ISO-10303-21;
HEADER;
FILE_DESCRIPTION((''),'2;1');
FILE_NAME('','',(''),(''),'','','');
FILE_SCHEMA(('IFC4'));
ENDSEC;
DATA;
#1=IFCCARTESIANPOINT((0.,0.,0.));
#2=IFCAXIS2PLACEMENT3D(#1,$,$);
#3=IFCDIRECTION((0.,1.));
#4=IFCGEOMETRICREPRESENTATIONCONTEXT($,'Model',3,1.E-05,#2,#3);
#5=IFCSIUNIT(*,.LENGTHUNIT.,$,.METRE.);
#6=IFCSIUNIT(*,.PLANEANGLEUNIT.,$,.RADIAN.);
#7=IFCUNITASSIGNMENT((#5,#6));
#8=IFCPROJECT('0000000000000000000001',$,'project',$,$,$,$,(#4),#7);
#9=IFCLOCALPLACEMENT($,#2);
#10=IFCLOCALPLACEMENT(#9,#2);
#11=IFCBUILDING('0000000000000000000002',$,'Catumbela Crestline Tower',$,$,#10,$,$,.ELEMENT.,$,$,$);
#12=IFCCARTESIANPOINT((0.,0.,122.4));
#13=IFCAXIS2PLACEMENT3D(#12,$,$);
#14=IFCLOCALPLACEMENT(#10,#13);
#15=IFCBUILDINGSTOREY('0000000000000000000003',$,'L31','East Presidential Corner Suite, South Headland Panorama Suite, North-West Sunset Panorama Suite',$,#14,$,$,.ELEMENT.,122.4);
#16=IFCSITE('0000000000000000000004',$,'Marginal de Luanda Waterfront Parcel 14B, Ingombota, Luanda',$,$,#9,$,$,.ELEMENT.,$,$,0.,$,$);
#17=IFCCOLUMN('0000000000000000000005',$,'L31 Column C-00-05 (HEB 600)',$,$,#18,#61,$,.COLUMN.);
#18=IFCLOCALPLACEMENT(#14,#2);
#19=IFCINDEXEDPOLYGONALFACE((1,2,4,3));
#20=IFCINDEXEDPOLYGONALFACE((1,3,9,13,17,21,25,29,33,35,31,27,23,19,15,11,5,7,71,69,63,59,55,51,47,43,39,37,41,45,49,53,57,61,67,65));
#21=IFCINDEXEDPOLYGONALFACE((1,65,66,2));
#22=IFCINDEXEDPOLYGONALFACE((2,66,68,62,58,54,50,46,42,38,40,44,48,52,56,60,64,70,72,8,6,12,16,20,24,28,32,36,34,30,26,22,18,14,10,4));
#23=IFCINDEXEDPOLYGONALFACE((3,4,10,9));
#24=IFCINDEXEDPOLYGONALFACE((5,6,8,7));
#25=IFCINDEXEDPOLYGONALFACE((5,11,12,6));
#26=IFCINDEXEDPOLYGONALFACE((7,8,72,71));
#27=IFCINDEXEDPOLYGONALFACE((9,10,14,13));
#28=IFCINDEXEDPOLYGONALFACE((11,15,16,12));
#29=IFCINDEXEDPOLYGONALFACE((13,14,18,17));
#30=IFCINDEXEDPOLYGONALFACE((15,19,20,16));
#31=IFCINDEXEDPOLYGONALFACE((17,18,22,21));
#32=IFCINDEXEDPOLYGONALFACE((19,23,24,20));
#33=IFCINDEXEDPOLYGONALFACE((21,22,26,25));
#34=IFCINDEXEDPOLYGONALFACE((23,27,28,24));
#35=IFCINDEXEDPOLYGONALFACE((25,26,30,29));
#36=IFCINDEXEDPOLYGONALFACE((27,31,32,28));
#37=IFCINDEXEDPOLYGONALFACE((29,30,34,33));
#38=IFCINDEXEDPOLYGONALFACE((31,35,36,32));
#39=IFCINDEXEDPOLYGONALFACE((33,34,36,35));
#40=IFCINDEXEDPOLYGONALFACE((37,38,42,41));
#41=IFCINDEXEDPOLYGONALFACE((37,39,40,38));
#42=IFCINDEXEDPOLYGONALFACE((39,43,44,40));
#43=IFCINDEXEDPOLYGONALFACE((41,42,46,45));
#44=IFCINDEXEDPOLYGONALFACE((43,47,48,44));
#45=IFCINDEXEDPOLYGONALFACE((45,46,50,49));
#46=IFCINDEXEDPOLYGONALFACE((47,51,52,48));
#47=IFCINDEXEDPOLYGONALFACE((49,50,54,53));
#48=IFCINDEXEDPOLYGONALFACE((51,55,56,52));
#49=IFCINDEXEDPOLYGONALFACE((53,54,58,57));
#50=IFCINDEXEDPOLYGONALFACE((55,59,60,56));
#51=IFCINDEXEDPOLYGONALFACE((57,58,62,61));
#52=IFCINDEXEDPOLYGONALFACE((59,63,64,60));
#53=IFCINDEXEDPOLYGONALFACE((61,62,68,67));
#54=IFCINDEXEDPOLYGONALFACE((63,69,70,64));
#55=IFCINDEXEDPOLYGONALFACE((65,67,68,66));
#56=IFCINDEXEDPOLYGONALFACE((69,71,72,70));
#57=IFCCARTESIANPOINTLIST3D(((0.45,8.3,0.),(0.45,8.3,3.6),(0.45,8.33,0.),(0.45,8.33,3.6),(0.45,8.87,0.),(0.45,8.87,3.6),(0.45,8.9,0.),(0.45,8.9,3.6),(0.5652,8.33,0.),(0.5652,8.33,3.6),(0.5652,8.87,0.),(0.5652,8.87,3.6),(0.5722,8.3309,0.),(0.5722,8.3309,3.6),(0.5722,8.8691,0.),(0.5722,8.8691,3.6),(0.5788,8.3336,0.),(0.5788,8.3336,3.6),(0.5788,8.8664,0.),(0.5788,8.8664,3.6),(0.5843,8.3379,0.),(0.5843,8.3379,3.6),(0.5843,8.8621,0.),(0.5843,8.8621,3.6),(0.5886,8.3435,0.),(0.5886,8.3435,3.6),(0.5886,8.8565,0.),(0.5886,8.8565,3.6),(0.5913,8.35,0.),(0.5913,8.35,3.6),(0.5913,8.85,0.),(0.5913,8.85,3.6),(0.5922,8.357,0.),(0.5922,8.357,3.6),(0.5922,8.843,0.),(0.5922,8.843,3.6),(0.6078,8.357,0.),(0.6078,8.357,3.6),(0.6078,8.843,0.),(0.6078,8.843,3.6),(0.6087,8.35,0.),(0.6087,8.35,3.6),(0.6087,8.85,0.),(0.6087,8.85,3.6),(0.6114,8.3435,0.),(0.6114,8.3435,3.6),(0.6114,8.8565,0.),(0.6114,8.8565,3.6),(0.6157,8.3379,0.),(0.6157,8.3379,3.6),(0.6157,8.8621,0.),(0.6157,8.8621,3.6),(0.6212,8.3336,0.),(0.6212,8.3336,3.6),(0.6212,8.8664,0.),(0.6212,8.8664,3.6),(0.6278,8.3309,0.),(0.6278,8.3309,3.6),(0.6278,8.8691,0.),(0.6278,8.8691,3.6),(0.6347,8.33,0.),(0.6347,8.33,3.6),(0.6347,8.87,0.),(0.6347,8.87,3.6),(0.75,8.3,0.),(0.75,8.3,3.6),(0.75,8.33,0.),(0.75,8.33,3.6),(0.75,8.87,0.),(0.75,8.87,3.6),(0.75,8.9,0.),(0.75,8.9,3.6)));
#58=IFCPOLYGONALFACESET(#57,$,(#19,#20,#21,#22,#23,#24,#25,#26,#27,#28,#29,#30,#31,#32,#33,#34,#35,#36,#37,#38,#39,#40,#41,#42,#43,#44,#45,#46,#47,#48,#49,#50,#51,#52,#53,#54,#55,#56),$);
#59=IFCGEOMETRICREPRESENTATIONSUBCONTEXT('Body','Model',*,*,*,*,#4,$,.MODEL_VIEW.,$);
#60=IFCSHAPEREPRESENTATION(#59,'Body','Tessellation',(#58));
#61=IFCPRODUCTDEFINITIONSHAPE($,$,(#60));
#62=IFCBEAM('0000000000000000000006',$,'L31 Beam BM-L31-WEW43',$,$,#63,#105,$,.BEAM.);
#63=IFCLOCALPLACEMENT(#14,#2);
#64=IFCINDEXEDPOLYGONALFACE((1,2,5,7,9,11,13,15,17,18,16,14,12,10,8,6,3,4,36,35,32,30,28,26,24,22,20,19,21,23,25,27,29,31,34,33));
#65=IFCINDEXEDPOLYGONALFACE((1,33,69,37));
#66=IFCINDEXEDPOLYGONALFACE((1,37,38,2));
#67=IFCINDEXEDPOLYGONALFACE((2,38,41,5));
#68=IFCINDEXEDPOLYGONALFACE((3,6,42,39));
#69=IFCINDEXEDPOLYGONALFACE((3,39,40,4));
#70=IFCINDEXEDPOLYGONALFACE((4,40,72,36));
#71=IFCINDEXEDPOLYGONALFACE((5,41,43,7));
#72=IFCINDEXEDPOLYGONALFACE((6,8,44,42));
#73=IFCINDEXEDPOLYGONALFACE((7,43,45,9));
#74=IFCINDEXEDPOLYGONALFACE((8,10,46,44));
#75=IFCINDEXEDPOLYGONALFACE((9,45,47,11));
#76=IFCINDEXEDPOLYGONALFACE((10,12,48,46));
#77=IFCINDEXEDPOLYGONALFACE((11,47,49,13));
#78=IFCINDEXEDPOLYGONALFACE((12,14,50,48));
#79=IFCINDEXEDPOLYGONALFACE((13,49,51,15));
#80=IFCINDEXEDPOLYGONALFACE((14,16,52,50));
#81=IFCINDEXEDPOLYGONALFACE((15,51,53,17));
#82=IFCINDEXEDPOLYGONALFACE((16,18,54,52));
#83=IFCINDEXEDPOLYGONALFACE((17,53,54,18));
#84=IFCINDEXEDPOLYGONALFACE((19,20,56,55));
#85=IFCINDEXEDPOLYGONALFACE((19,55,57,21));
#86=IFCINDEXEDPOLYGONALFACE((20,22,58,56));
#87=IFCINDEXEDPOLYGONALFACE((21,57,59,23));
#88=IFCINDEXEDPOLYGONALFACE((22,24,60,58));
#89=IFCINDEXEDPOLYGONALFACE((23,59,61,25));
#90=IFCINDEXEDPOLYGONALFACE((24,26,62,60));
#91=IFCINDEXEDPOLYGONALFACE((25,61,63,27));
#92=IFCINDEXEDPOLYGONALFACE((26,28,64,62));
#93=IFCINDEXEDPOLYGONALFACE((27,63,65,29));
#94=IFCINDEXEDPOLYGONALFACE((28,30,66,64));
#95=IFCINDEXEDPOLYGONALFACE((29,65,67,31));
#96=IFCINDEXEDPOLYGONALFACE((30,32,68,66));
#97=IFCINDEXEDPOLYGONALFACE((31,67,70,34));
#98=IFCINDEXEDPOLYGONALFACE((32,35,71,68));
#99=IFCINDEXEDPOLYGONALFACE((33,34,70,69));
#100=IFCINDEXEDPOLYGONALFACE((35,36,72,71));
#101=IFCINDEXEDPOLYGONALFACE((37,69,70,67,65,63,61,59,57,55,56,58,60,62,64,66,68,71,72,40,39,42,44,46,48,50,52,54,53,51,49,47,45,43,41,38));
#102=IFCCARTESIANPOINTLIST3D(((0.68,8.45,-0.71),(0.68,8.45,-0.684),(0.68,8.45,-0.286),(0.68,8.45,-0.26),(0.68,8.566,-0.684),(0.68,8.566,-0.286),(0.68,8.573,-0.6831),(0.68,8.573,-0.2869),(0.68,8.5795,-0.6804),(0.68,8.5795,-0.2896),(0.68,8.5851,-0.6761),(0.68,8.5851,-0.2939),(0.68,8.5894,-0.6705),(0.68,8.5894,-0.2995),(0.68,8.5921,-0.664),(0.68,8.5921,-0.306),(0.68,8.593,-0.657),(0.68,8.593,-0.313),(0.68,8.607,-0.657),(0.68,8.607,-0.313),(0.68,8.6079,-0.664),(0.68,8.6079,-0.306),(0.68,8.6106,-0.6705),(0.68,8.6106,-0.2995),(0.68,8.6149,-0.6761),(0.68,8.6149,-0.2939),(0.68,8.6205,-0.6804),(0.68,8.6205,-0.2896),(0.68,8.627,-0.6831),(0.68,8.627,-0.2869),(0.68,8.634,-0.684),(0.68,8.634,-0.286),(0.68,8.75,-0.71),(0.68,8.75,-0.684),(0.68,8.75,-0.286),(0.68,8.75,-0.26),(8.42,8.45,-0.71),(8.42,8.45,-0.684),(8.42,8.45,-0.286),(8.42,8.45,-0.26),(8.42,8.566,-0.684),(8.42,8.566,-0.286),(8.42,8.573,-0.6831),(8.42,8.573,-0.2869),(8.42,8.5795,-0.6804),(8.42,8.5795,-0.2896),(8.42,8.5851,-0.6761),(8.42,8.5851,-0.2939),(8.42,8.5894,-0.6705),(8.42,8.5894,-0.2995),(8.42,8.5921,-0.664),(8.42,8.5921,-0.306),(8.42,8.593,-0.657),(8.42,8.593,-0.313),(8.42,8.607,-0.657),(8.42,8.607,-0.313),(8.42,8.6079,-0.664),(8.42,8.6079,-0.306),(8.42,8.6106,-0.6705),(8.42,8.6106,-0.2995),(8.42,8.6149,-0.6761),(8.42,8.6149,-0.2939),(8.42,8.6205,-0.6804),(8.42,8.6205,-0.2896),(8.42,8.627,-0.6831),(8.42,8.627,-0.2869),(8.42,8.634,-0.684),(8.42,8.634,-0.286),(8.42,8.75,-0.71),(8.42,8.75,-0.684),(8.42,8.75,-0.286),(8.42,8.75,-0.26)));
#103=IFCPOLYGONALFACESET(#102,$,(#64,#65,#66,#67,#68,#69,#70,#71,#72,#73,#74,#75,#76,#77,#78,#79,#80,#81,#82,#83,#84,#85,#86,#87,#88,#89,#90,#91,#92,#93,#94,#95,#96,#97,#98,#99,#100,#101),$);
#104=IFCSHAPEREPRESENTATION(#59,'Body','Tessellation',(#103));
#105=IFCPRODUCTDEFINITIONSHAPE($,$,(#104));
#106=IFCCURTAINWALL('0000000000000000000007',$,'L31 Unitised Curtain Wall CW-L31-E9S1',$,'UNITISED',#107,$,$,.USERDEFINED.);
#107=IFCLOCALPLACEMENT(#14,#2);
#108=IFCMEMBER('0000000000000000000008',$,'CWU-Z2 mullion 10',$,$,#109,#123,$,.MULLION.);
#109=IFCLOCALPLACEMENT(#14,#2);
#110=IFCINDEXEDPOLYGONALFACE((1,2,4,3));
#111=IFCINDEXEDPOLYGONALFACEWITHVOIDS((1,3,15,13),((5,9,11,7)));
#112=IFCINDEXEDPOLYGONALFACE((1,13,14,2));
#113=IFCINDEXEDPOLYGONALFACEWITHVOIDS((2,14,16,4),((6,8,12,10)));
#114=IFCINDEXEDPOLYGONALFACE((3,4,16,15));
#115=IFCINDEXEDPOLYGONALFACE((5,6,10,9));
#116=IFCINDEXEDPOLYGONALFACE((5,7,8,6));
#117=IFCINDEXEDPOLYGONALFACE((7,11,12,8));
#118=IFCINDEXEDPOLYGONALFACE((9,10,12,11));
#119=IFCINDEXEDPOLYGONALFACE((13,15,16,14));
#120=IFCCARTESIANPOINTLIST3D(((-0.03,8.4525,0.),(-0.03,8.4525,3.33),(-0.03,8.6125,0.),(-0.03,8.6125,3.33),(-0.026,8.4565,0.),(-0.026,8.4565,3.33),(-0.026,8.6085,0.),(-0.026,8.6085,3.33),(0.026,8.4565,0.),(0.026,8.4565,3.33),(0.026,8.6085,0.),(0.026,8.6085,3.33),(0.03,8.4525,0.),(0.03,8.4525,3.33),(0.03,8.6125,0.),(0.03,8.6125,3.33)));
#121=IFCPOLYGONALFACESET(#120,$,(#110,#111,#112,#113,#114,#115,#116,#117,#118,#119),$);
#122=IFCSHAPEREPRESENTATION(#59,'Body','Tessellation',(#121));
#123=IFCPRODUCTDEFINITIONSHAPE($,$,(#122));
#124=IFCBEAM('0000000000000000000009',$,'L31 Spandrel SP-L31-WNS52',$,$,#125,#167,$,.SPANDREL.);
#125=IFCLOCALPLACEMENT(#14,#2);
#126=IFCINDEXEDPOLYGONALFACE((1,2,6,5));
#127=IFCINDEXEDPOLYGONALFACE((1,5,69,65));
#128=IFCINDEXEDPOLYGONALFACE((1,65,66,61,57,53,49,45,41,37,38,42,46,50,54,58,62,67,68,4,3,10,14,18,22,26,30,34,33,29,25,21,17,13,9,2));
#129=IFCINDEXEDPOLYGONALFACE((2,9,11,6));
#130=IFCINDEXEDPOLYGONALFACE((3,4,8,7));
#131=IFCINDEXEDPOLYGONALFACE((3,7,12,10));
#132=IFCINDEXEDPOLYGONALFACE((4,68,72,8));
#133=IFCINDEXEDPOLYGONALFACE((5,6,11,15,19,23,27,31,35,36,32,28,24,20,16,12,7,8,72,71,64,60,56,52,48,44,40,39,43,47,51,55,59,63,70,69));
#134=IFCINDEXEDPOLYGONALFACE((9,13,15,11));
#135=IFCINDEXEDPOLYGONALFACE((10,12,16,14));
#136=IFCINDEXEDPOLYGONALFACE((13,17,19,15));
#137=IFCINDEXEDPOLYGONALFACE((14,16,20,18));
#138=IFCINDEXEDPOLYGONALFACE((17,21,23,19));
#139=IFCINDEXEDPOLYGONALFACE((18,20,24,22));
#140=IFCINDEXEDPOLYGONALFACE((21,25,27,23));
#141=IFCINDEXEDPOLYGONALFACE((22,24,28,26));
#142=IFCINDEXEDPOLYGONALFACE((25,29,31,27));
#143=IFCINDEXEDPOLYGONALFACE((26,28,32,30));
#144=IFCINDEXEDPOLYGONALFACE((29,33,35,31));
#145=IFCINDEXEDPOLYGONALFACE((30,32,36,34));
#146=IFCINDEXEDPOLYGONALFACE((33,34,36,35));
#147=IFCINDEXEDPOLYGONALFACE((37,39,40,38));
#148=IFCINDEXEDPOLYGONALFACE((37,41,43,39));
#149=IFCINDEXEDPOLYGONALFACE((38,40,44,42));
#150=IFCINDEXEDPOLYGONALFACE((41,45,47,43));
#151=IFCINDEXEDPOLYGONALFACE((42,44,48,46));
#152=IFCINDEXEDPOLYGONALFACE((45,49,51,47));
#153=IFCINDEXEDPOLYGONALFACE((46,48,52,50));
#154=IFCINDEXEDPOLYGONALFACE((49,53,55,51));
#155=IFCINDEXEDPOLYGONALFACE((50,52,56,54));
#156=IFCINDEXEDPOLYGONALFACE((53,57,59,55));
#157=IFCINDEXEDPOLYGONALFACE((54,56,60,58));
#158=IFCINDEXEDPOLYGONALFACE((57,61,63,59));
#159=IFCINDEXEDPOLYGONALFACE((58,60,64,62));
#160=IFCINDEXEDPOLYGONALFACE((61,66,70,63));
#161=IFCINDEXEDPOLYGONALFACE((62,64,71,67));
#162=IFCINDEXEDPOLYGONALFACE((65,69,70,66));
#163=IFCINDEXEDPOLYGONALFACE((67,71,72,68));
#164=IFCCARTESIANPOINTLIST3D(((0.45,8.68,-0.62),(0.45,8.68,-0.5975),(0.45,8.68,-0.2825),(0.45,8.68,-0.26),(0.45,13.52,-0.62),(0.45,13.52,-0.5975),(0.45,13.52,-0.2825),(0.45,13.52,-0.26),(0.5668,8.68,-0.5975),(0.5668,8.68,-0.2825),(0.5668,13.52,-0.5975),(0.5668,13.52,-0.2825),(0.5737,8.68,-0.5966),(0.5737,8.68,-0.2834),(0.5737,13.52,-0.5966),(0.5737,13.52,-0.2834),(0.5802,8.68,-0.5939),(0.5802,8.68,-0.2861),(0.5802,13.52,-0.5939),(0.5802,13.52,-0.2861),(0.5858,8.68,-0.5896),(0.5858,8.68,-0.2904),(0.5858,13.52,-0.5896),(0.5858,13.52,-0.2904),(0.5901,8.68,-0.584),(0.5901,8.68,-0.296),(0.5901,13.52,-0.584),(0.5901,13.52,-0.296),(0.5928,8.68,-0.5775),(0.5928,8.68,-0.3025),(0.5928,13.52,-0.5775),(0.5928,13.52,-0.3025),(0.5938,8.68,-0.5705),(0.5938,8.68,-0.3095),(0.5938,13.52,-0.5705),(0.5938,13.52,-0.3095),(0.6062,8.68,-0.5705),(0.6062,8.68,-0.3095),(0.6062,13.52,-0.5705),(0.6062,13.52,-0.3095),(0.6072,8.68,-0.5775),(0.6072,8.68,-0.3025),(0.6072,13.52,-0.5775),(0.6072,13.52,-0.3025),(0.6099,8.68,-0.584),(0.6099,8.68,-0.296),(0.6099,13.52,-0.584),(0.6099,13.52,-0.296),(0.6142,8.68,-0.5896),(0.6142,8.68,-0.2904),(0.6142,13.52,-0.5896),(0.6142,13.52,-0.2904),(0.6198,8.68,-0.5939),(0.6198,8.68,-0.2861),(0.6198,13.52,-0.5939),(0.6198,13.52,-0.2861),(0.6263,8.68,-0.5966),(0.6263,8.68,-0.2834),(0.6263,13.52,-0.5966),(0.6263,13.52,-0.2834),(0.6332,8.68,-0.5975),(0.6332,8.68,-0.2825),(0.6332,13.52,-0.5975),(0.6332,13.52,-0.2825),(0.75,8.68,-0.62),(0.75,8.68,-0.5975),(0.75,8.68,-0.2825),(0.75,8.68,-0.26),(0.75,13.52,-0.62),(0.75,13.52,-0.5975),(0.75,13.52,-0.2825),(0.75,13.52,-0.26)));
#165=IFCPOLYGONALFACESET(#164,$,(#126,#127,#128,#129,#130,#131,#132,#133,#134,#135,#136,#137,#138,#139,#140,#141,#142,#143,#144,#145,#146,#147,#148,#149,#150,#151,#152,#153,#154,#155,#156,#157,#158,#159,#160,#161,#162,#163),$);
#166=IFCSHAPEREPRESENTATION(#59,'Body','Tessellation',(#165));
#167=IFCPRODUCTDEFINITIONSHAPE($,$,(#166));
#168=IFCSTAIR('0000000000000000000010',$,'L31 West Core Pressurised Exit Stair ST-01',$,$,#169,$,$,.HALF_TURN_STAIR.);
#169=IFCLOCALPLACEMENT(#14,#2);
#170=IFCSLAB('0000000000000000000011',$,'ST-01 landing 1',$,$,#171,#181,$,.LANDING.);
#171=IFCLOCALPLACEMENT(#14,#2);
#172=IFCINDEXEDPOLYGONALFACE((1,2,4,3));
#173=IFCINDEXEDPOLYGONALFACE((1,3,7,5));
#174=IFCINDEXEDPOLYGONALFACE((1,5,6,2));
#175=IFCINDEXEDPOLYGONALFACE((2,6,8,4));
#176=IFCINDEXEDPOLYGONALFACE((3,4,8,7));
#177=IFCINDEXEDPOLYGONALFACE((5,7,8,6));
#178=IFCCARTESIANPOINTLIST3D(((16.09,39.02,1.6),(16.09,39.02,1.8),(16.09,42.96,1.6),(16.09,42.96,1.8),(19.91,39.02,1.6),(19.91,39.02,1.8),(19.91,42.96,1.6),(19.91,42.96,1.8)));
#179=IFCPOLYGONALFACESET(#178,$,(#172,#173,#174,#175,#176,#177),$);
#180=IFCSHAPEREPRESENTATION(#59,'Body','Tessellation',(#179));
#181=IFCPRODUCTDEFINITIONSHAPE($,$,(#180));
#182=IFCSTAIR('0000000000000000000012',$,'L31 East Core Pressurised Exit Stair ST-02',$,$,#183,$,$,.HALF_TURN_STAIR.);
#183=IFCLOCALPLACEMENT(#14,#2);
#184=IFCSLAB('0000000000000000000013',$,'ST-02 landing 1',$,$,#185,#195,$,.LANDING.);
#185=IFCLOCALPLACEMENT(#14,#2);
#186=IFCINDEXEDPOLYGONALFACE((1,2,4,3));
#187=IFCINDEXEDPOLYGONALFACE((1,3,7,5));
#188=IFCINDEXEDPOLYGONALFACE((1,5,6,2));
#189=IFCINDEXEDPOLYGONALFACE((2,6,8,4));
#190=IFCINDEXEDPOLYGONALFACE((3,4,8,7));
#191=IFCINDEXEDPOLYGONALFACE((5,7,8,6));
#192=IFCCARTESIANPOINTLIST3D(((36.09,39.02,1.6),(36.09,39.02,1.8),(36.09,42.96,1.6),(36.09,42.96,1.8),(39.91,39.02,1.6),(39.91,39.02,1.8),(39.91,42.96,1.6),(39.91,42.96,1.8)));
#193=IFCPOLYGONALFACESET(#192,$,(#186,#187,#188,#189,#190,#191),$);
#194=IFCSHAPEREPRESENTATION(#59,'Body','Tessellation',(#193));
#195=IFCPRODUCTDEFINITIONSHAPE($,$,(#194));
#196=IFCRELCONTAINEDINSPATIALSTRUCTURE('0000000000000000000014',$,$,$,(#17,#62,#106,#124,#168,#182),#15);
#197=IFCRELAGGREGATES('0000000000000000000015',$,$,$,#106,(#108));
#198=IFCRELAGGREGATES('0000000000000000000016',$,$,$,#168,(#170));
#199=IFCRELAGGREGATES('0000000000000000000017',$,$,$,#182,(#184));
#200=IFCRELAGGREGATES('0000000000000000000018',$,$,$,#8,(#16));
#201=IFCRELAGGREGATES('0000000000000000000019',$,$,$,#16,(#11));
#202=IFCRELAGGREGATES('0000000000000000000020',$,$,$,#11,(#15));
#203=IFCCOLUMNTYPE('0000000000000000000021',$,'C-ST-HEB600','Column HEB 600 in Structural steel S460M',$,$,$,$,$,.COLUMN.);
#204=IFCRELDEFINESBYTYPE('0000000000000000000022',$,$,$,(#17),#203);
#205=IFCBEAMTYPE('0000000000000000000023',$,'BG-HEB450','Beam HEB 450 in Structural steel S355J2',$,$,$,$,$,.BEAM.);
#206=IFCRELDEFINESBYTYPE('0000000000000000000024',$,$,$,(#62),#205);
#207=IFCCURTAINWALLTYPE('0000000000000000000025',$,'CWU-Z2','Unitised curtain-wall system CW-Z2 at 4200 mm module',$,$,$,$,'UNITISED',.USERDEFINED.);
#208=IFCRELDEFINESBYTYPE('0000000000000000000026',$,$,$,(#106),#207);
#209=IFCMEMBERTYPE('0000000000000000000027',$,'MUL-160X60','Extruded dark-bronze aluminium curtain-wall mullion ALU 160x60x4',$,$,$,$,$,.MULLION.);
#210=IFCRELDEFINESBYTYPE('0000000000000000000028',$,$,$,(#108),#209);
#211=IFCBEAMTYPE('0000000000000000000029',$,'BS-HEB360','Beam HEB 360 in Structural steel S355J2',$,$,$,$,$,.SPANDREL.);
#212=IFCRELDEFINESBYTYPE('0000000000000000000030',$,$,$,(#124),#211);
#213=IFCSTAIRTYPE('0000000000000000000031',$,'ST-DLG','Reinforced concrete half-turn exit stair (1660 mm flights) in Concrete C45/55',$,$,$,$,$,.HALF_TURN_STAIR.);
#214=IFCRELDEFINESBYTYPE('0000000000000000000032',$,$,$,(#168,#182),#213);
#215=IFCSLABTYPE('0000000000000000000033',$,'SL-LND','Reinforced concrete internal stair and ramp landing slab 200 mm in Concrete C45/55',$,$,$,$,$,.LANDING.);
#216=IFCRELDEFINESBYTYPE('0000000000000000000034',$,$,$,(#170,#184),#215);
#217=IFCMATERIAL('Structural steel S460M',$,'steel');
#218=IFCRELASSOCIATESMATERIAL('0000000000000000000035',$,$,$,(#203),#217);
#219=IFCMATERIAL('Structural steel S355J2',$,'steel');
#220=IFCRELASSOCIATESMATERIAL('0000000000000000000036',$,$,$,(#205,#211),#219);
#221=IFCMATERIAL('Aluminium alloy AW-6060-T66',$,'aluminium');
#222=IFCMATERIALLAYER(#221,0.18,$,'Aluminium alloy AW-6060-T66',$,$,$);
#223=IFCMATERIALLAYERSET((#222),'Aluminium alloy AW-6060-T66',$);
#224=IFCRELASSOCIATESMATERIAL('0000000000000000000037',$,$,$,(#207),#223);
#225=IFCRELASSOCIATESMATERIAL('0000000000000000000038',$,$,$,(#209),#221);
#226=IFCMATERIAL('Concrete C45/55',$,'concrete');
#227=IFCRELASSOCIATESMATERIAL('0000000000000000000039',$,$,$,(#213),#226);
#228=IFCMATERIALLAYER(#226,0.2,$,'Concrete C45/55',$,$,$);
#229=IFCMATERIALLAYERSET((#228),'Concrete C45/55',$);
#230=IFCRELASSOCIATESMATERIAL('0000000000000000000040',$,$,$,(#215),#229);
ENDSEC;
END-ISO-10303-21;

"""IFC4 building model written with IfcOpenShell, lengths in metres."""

from ifc_helpers import new_model, si_unit, direction, frame, origin, origin_2d, place, context, subcontext, project, spatial, polyline, hollow_rectangle, i_section, outline, extrude, material, layer, layer_set, material_profile, profile_set, type_object, element, aggregate, save


model = new_model("IFC4")

# Units and contexts
model_context = context("Model", 3, precision=1e-05, world=origin(), true_north=direction((0.0, 1.0)))
body_context = subcontext(model_context, "Body", "Model", "MODEL_VIEW")
ifc_project = project(units=[si_unit("LENGTHUNIT", "METRE"), si_unit("PLANEANGLEUNIT", "RADIAN")], contexts=[model_context])

# Site, building, storey
site_placement = place(None, origin())
site = spatial("IfcSite", under=ifc_project, at=site_placement, Name="Marginal de Luanda Waterfront Parcel 14B, Ingombota, Luanda", CompositionType="ELEMENT", RefElevation=0.0)
building_placement = place(site_placement, origin())
building = spatial("IfcBuilding", under=site, at=building_placement, Name="Catumbela Crestline Tower", CompositionType="ELEMENT")
storey_placement = place(building_placement, frame((0.0, 0.0, 122.4)))
storey = spatial("IfcBuildingStorey", under=building, at=storey_placement, Name="L31", Description="East Presidential Corner Suite, South Headland Panorama Suite, North-West Sunset Panorama Suite", CompositionType="ELEMENT", Elevation=122.4)

# Column
ifc_material_1 = material(Name="Structural steel S460M", Category="steel")
ifc_material_profile_1 = material_profile(ifc_material_1, i_section(OverallWidth=0.3, OverallDepth=0.6, WebThickness=0.0155, FlangeThickness=0.03, FilletRadius=0.027, at=origin_2d()), Name="HEB 600")
ifc_profile_set_1 = profile_set([ifc_material_profile_1], Name="Structural steel S460M")
column_type = type_object("IfcColumnType", Name="C-ST-HEB600", Description="Column HEB 600 in Structural steel S460M", PredefinedType="COLUMN", material=ifc_profile_set_1)
column_placement = place(storey_placement, frame((0.6, 8.6, 0.0), z_axis=(0.0, 0.0, 1.0), x_axis=(1.0, 0.0, 0.0)))
element("IfcColumn", 1, at=column_placement, inside=storey, type_object=column_type, Name="L31 Column C-00-05 (HEB 600)", PredefinedType="COLUMN", context=body_context, shape_type="SweptSolid", body=[
    extrude(i_section(OverallWidth=0.3, OverallDepth=0.6, WebThickness=0.0155, FlangeThickness=0.03, FilletRadius=0.027, at=origin_2d()), origin(), (0.0, 0.0, 1.0), 3.6),
])

# Beam
ifc_material_2 = material(Name="Structural steel S355J2", Category="steel")
ifc_material_profile_2 = material_profile(ifc_material_2, i_section(OverallWidth=0.3, OverallDepth=0.45, WebThickness=0.014, FlangeThickness=0.026, FilletRadius=0.027, at=origin_2d()), Name="HEB 450")
ifc_profile_set_2 = profile_set([ifc_material_profile_2], Name="Structural steel S355J2")
beam_type_1 = type_object("IfcBeamType", Name="BG-HEB450", Description="Beam HEB 450 in Structural steel S355J2", PredefinedType="BEAM", material=ifc_profile_set_2)
beam_1_placement = place(storey_placement, frame((0.68, 8.6, -0.485), z_axis=(1.0, 0.0, 0.0), x_axis=(0.0, 1.0, 0.0)))
element("IfcBeam", 2, at=beam_1_placement, inside=storey, type_object=beam_type_1, Name="L31 Beam BM-L31-WEW43", PredefinedType="BEAM", context=body_context, shape_type="SweptSolid", body=[
    extrude(i_section(OverallWidth=0.3, OverallDepth=0.45, WebThickness=0.014, FlangeThickness=0.026, FilletRadius=0.027, at=origin_2d()), origin(), (0.0, 0.0, 1.0), 7.74),
])

# Curtain wall, member
ifc_material_3 = material(Name="Aluminium alloy AW-6060-T66", Category="aluminium")
ifc_layer_1 = layer(ifc_material_3, 0.18, Name="Aluminium alloy AW-6060-T66")
ifc_layer_set_1 = layer_set([ifc_layer_1], Name="Aluminium alloy AW-6060-T66")
curtain_wall_type = type_object("IfcCurtainWallType", Name="CWU-Z2", Description="Unitised curtain-wall system CW-Z2 at 4200 mm module", ElementType="UNITISED", PredefinedType="USERDEFINED", material=ifc_layer_set_1)
curtain_wall_placement = place(storey_placement, origin())
curtain_wall = element("IfcCurtainWall", 3, at=curtain_wall_placement, inside=storey, type_object=curtain_wall_type, Name="L31 Unitised Curtain Wall CW-L31-E9S1", ObjectType="UNITISED", PredefinedType="USERDEFINED")
ifc_material_profile_3 = material_profile(ifc_material_3, hollow_rectangle(XDim=0.06, YDim=0.16, WallThickness=0.004, at=origin_2d()), Name="ALU 160x60x4")
ifc_profile_set_3 = profile_set([ifc_material_profile_3], Name="Aluminium alloy AW-6060-T66")
member_type = type_object("IfcMemberType", Name="MUL-160X60", Description="Extruded dark-bronze aluminium curtain-wall mullion ALU 160x60x4", PredefinedType="MULLION", material=ifc_profile_set_3)
member_placement = place(storey_placement, frame((0.0, 8.5325, 0.0), z_axis=(0.0, 0.0, 1.0), x_axis=(1.0, 0.0, 0.0)))
member = element("IfcMember", 4, at=member_placement, type_object=member_type, Name="CWU-Z2 mullion 10", PredefinedType="MULLION", context=body_context, shape_type="SweptSolid", body=[
    extrude(hollow_rectangle(XDim=0.06, YDim=0.16, WallThickness=0.004, at=origin_2d()), origin(), (0.0, 0.0, 1.0), 3.33),
])
aggregate(curtain_wall, [member])

# Beam
ifc_material_profile_4 = material_profile(ifc_material_2, i_section(OverallWidth=0.3, OverallDepth=0.36, WebThickness=0.0125, FlangeThickness=0.0225, FilletRadius=0.027, at=origin_2d()), Name="HEB 360")
ifc_profile_set_4 = profile_set([ifc_material_profile_4], Name="Structural steel S355J2")
beam_type_2 = type_object("IfcBeamType", Name="BS-HEB360", Description="Beam HEB 360 in Structural steel S355J2", PredefinedType="SPANDREL", material=ifc_profile_set_4)
beam_2_placement = place(storey_placement, frame((0.6, 8.68, -0.44), z_axis=(0.0, 1.0, 0.0), x_axis=(-1.0, 0.0, 0.0)))
element("IfcBeam", 5, at=beam_2_placement, inside=storey, type_object=beam_type_2, Name="L31 Spandrel SP-L31-WNS52", PredefinedType="SPANDREL", context=body_context, shape_type="SweptSolid", body=[
    extrude(i_section(OverallWidth=0.3, OverallDepth=0.36, WebThickness=0.0125, FlangeThickness=0.0225, FilletRadius=0.027, at=origin_2d()), origin(), (0.0, 0.0, 1.0), 4.84),
])

# Stairs, slabs
ifc_material_4 = material(Name="Concrete C45/55", Category="concrete")
stair_type = type_object("IfcStairType", Name="ST-DLG", Description="Reinforced concrete half-turn exit stair (1660 mm flights) in Concrete C45/55", PredefinedType="HALF_TURN_STAIR", material=ifc_material_4)
stair_1_placement = place(storey_placement, origin())
stair_1 = element("IfcStair", 6, at=stair_1_placement, inside=storey, type_object=stair_type, Name="L31 West Core Pressurised Exit Stair ST-01", PredefinedType="HALF_TURN_STAIR")
ifc_layer_2 = layer(ifc_material_4, 0.2, Name="Concrete C45/55")
ifc_layer_set_2 = layer_set([ifc_layer_2], Name="Concrete C45/55")
slab_type_1 = type_object("IfcSlabType", Name="SL-LND", Description="Reinforced concrete internal stair and ramp landing slab 200 mm in Concrete C45/55", PredefinedType="LANDING", material=ifc_layer_set_2)
slab_1_placement = place(storey_placement, frame((0.0, 0.0, 1.6)))
slab_1 = element("IfcSlab", 7, at=slab_1_placement, type_object=slab_type_1, Name="ST-01 landing 1", PredefinedType="LANDING", context=body_context, shape_type="SweptSolid", body=[
    extrude(outline(polyline([(19.91, 39.02), (19.91, 42.96), (16.09, 42.96), (16.09, 39.02), (19.91, 39.02)])), origin(), (0.0, 0.0, 1.0), 0.2),
])
aggregate(stair_1, [slab_1])
stair_2_placement = place(storey_placement, origin())
stair_2 = element("IfcStair", 8, at=stair_2_placement, inside=storey, type_object=stair_type, Name="L31 East Core Pressurised Exit Stair ST-02", PredefinedType="HALF_TURN_STAIR")
slab_2_placement = place(storey_placement, frame((0.0, 0.0, 1.6)))
slab_2 = element("IfcSlab", 9, at=slab_2_placement, type_object=slab_type_1, Name="ST-02 landing 1", PredefinedType="LANDING", context=body_context, shape_type="SweptSolid", body=[
    extrude(outline(polyline([(39.91, 39.02), (39.91, 42.96), (36.09, 42.96), (36.09, 39.02), (39.91, 39.02)])), origin(), (0.0, 0.0, 1.0), 0.2),
])
aggregate(stair_2, [slab_2])

save(model, "model.ifc")
